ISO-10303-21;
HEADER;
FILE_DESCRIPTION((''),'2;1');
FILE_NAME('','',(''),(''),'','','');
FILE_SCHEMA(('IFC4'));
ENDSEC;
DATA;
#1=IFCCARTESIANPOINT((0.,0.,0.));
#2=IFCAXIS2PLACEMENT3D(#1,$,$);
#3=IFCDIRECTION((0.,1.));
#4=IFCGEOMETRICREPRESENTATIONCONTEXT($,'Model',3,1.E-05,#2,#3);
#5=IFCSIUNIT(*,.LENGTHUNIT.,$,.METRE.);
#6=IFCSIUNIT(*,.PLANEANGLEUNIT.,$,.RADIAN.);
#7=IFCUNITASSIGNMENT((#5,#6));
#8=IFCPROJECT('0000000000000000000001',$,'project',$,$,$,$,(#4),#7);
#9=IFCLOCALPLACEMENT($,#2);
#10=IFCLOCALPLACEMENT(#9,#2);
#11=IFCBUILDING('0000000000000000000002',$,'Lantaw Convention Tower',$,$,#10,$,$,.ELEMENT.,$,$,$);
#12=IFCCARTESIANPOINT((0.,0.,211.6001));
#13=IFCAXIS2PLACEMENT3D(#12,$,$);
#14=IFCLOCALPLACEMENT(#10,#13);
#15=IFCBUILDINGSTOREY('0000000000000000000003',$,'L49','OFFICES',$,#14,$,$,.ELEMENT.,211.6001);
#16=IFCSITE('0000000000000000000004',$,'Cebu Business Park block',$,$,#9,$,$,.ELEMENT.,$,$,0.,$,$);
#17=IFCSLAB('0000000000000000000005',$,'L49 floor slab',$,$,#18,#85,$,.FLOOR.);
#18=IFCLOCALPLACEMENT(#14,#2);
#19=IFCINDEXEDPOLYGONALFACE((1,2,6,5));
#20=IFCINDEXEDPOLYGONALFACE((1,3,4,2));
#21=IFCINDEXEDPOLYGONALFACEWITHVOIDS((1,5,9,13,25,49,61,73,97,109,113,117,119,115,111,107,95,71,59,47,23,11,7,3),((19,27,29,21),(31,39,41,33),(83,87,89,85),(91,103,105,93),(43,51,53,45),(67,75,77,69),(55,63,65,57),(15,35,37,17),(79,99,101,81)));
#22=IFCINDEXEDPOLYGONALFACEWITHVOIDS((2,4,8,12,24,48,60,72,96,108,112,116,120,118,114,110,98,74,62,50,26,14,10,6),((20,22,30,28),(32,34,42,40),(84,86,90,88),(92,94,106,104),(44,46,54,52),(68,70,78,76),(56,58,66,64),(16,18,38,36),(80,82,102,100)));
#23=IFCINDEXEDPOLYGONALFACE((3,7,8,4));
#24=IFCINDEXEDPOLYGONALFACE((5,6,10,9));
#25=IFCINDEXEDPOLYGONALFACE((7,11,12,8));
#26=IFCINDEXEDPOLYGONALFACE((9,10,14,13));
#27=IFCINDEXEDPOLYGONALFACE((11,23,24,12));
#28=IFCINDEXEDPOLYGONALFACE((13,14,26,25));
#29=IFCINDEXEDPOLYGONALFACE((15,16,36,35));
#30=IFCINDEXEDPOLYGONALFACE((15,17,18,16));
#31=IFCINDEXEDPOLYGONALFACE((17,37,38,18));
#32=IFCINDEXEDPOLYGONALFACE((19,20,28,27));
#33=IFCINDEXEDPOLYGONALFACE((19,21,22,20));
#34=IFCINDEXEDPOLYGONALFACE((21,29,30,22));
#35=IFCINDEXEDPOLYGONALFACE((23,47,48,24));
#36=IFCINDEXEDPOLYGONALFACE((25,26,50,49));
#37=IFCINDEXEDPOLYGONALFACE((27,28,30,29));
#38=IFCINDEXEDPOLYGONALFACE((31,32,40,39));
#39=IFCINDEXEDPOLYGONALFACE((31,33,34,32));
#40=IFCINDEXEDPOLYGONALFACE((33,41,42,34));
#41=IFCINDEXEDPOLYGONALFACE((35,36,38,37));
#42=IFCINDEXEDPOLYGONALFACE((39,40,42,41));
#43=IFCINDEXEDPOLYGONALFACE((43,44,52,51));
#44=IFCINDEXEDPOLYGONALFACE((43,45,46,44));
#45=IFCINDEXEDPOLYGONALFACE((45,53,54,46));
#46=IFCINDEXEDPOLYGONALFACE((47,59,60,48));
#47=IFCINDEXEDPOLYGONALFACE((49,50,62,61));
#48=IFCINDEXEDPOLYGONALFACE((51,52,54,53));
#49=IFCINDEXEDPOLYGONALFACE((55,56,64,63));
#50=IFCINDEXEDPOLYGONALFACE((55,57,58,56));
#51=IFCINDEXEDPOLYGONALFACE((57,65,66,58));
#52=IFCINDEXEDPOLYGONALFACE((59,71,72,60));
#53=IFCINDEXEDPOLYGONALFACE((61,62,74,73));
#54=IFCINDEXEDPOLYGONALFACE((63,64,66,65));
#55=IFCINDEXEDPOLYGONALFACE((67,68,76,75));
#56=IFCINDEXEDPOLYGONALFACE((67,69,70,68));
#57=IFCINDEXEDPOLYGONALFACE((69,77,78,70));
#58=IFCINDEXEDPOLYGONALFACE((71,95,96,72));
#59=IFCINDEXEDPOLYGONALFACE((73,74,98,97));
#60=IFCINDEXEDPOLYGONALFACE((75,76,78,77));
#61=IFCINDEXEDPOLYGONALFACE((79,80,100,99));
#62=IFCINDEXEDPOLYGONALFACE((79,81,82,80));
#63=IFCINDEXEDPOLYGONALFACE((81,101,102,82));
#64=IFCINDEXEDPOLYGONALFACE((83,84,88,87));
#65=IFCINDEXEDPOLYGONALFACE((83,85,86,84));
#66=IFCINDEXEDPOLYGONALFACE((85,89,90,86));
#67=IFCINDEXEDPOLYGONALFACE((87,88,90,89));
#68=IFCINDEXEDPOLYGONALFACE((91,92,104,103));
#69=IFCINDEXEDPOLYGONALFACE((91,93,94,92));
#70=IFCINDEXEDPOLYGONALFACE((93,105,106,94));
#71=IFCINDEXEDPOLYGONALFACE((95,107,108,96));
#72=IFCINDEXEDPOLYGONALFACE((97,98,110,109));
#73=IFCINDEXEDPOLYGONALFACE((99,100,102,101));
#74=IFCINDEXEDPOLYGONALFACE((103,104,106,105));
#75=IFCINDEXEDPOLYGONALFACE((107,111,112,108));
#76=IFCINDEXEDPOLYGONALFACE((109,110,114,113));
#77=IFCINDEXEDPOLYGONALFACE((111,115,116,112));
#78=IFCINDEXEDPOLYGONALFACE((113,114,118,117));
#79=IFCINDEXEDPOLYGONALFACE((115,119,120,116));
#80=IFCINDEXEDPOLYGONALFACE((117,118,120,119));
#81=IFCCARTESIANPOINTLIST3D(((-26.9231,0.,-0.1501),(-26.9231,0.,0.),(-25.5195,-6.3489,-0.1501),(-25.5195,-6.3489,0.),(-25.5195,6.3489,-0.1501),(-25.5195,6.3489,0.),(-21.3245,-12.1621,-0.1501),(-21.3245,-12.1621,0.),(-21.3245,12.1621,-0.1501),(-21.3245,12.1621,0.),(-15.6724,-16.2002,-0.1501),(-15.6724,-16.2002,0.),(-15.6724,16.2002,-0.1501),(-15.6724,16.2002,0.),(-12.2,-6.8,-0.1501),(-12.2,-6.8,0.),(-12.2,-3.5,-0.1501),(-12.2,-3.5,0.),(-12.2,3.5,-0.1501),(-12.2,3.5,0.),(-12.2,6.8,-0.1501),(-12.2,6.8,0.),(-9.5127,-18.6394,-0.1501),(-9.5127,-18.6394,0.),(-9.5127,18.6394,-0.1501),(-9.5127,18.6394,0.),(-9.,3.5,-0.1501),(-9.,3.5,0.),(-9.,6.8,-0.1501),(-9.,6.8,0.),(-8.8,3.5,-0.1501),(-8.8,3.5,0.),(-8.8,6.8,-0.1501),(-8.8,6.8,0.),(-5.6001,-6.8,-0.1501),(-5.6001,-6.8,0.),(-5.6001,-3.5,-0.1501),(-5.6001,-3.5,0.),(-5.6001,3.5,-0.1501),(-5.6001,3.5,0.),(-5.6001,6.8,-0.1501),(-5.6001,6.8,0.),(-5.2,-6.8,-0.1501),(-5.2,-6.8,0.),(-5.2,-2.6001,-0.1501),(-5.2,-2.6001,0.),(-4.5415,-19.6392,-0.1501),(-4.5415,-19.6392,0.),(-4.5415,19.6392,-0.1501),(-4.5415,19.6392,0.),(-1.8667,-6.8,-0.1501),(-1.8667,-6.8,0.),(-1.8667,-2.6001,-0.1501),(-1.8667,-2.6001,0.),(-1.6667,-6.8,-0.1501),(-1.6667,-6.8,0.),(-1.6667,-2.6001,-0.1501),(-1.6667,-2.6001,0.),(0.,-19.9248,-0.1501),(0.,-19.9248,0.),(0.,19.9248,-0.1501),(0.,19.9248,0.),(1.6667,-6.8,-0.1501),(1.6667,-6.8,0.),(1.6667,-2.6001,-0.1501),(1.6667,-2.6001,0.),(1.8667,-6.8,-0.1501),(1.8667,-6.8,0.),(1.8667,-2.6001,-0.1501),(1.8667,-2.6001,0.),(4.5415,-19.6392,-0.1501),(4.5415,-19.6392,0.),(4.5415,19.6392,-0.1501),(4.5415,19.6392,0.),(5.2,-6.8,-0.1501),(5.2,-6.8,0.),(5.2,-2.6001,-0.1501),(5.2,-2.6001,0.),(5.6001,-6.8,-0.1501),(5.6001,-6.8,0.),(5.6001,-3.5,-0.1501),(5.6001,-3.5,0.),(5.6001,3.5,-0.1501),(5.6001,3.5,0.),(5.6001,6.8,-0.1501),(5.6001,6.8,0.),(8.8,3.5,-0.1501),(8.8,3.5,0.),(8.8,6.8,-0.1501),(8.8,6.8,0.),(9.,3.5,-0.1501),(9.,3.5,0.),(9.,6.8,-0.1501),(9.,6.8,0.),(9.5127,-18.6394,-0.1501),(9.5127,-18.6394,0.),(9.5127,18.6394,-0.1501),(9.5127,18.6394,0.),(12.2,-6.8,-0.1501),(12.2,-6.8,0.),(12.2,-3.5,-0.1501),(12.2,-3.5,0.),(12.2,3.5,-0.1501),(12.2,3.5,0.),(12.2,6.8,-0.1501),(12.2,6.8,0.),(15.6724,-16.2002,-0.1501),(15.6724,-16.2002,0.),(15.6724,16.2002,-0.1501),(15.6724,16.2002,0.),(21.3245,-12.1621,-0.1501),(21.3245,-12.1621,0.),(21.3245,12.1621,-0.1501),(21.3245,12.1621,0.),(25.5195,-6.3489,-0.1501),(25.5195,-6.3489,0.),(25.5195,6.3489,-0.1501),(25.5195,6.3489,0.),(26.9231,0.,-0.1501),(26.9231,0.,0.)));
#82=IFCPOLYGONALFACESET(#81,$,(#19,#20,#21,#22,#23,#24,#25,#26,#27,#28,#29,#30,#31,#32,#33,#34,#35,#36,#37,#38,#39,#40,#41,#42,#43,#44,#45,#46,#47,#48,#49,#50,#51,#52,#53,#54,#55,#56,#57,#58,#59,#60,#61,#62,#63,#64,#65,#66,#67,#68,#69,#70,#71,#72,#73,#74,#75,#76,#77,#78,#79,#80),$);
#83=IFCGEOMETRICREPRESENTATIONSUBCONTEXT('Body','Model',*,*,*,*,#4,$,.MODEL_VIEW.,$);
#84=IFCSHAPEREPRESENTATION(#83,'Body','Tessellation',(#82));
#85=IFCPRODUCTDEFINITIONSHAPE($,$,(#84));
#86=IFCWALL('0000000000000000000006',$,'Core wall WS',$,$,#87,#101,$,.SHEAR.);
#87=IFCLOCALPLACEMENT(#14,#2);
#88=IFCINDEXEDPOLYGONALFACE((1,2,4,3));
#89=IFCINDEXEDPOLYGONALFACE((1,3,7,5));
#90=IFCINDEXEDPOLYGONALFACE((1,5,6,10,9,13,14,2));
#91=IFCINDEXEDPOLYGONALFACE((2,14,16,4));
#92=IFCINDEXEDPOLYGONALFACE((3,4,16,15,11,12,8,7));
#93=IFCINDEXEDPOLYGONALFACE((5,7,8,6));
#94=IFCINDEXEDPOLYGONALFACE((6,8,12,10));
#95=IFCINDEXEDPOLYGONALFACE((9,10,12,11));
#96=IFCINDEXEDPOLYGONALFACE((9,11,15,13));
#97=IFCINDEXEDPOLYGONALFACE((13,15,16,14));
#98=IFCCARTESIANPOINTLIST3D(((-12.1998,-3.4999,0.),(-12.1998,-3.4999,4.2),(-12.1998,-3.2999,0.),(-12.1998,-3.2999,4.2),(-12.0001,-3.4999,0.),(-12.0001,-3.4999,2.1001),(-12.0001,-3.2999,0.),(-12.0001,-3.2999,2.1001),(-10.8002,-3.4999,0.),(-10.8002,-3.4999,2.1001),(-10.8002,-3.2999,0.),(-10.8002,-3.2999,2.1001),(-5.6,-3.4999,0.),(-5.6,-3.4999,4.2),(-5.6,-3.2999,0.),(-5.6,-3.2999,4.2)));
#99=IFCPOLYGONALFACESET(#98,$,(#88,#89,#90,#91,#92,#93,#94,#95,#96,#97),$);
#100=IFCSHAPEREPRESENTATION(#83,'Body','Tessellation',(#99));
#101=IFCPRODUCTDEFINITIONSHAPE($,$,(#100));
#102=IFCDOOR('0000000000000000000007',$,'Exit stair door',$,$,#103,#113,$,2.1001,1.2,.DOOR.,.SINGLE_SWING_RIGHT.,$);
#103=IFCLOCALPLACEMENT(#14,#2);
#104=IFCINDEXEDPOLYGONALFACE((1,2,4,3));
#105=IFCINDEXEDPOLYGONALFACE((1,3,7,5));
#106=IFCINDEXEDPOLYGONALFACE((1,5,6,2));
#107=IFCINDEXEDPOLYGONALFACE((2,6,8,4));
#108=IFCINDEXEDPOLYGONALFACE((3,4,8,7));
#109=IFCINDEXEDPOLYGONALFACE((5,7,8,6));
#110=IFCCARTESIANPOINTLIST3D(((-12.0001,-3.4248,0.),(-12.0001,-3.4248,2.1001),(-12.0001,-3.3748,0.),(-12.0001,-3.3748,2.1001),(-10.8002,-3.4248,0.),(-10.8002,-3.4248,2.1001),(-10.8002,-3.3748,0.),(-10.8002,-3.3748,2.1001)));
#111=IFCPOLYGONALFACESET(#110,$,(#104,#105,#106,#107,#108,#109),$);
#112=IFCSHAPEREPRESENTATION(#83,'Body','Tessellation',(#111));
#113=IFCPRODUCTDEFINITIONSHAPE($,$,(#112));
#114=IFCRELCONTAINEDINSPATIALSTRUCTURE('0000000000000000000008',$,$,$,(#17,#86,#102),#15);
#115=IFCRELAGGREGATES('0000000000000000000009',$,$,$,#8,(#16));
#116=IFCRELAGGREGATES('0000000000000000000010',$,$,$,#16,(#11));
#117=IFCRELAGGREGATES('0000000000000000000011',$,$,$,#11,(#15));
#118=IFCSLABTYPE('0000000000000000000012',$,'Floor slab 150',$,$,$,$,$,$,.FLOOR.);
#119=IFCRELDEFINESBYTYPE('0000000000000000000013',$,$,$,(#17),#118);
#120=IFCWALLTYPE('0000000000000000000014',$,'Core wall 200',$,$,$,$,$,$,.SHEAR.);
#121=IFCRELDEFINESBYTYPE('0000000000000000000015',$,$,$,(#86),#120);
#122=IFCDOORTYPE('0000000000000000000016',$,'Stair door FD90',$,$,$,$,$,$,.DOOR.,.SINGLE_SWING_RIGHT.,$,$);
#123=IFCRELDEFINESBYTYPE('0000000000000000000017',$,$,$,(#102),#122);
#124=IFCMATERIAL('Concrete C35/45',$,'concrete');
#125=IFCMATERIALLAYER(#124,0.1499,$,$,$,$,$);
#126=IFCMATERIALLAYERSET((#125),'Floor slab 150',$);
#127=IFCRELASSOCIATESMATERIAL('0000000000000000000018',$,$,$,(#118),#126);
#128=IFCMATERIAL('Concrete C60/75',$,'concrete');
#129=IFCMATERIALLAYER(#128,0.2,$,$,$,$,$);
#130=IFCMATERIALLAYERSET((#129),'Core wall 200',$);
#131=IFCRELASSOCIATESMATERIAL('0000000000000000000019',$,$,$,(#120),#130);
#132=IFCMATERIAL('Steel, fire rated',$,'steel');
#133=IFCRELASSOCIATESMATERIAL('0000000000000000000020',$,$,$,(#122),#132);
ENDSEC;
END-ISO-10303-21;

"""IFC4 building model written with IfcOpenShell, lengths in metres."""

from ifc_helpers import new_model, si_unit, direction, frame, frame_2d, origin, place, context, subcontext, project, spatial, polyline, rectangle, outline, extrude, material, layer, layer_set, type_object, element, fill, save


model = new_model("IFC4")

# Units and contexts
model_context = context("Model", 3, precision=1e-05, world=origin(), true_north=direction((0.0, 1.0)))
body_context = subcontext(model_context, "Body", "Model", "MODEL_VIEW")
ifc_project = project(units=[si_unit("LENGTHUNIT", "METRE"), si_unit("PLANEANGLEUNIT", "RADIAN")], contexts=[model_context])

# Site, building, storey
site_placement = place(None, origin())
site = spatial("IfcSite", under=ifc_project, at=site_placement, Name="Cebu Business Park block", CompositionType="ELEMENT", RefElevation=0.0)
building_placement = place(site_placement, origin())
building = spatial("IfcBuilding", under=site, at=building_placement, Name="Lantaw Convention Tower", CompositionType="ELEMENT")
storey_placement = place(building_placement, frame((0.0, 0.0, 211.6001)))
storey = spatial("IfcBuildingStorey", under=building, at=storey_placement, Name="L49", Description="OFFICES", CompositionType="ELEMENT", Elevation=211.6001)

# Slab
ifc_material_1 = material(Name="Concrete C35/45", Category="concrete")
ifc_layer_1 = layer(ifc_material_1, 0.1499)
ifc_layer_set_1 = layer_set([ifc_layer_1], Name="Floor slab 150")
slab_type = type_object("IfcSlabType", Name="Floor slab 150", PredefinedType="FLOOR", material=ifc_layer_set_1)
slab_placement = place(storey_placement, frame((0.0, 0.0, -0.1501)))
element("IfcSlab", 1, at=slab_placement, inside=storey, type_object=slab_type, Name="L49 floor slab", PredefinedType="FLOOR", context=body_context, shape_type="SweptSolid", body=[
    extrude(outline(polyline([(25.5195, -6.3489), (26.9231, 0.0), (25.5195, 6.3489), (21.3245, 12.1621), (15.6724, 16.2002), (9.5127, 18.6394), (4.5415, 19.6392), (0.0, 19.9248), (-4.5415, 19.6392), (-9.5127, 18.6394), (-15.6724, 16.2002), (-21.3245, 12.1621), (-25.5195, 6.3489), (-26.9231, 0.0), (-25.5195, -6.3489), (-21.3245, -12.1621), (-15.6724, -16.2002), (-9.5127, -18.6394), (-4.5415, -19.6392), (0.0, -19.9248), (4.5415, -19.6392), (9.5127, -18.6394), (15.6724, -16.2002), (21.3245, -12.1621), (25.5195, -6.3489)]), holes=[polyline([(-5.6001, -3.5), (-12.2, -3.5), (-12.2, -6.8), (-5.6001, -6.8), (-5.6001, -3.5)]), polyline([(12.2, -3.5), (5.6001, -3.5), (5.6001, -6.8), (12.2, -6.8), (12.2, -3.5)]), polyline([(-1.8667, -2.6001), (-5.2, -2.6001), (-5.2, -6.8), (-1.8667, -6.8), (-1.8667, -2.6001)]), polyline([(1.6667, -2.6001), (-1.6667, -2.6001), (-1.6667, -6.8), (1.6667, -6.8), (1.6667, -2.6001)]), polyline([(5.2, -2.6001), (1.8667, -2.6001), (1.8667, -6.8), (5.2, -6.8), (5.2, -2.6001)]), polyline([(-9.0, 6.8), (-12.2, 6.8), (-12.2, 3.5), (-9.0, 3.5), (-9.0, 6.8)]), polyline([(-5.6001, 6.8), (-8.8, 6.8), (-8.8, 3.5), (-5.6001, 3.5), (-5.6001, 6.8)]), polyline([(8.8, 3.5), (8.8, 6.8), (5.6001, 6.8), (5.6001, 3.5), (8.8, 3.5)]), polyline([(12.2, 3.5), (12.2, 6.8), (9.0, 6.8), (9.0, 3.5), (12.2, 3.5)])]), origin(), (0.0, 0.0, 1.0), 0.1501),
])

# Wall, opening, door
ifc_material_2 = material(Name="Concrete C60/75", Category="concrete")
ifc_layer_2 = layer(ifc_material_2, 0.2)
ifc_layer_set_2 = layer_set([ifc_layer_2], Name="Core wall 200")
wall_type_1 = type_object("IfcWallType", Name="Core wall 200", PredefinedType="SHEAR", material=ifc_layer_set_2)
wall_1_placement = place(storey_placement, frame((-5.6001, -3.3999, 0.0), z_axis=(0.0, 0.0, 1.0), x_axis=(-1.0, 0.0, 0.0)))
wall_1 = element("IfcWall", 2, at=wall_1_placement, inside=storey, type_object=wall_type_1, Name="Core wall WS", PredefinedType="SHEAR", context=body_context, shape_type="SweptSolid", body=[
    extrude(rectangle(XDim=6.5999, YDim=0.2, at=frame_2d((3.2998, 0.0))), origin(), (0.0, 0.0, 1.0), 4.2),
])
opening_1_placement = place(wall_1_placement, frame((5.2, 0.0, 0.0)))
opening_1 = element("IfcOpeningElement", 3, at=opening_1_placement, cuts=wall_1, PredefinedType="OPENING", context=body_context, shape_type="SweptSolid", body=[
    extrude(rectangle(XDim=1.2, YDim=2.1001, at=frame_2d((0.6001, 1.05))), frame((0.0, 0.1099, 0.0), z_axis=(0.0, -1.0, 0.0), x_axis=(1.0, 0.0, 0.0)), (0.0, 0.0, 1.0), 0.22),
])
ifc_material_3 = material(Name="Steel, fire rated", Category="steel")
door_type_1 = type_object("IfcDoorType", Name="Stair door FD90", OperationType="SINGLE_SWING_RIGHT", PredefinedType="DOOR", material=ifc_material_3)
door_1_placement = place(opening_1_placement, origin())
door_1 = element("IfcDoor", 4, at=door_1_placement, inside=storey, type_object=door_type_1, Name="Exit stair door", OperationType="SINGLE_SWING_RIGHT", OverallHeight=2.1001, OverallWidth=1.2, PredefinedType="DOOR", context=body_context, shape_type="SweptSolid", body=[
    extrude(rectangle(XDim=1.2, YDim=2.1001, at=frame_2d((0.6001, 1.05))), frame((0.0, 0.0249, 0.0), z_axis=(0.0, -1.0, 0.0), x_axis=(1.0, 0.0, 0.0)), (0.0, 0.0, 1.0), 0.05),
])
fill(opening_1, door_1)

save(model, "model.ifc")
